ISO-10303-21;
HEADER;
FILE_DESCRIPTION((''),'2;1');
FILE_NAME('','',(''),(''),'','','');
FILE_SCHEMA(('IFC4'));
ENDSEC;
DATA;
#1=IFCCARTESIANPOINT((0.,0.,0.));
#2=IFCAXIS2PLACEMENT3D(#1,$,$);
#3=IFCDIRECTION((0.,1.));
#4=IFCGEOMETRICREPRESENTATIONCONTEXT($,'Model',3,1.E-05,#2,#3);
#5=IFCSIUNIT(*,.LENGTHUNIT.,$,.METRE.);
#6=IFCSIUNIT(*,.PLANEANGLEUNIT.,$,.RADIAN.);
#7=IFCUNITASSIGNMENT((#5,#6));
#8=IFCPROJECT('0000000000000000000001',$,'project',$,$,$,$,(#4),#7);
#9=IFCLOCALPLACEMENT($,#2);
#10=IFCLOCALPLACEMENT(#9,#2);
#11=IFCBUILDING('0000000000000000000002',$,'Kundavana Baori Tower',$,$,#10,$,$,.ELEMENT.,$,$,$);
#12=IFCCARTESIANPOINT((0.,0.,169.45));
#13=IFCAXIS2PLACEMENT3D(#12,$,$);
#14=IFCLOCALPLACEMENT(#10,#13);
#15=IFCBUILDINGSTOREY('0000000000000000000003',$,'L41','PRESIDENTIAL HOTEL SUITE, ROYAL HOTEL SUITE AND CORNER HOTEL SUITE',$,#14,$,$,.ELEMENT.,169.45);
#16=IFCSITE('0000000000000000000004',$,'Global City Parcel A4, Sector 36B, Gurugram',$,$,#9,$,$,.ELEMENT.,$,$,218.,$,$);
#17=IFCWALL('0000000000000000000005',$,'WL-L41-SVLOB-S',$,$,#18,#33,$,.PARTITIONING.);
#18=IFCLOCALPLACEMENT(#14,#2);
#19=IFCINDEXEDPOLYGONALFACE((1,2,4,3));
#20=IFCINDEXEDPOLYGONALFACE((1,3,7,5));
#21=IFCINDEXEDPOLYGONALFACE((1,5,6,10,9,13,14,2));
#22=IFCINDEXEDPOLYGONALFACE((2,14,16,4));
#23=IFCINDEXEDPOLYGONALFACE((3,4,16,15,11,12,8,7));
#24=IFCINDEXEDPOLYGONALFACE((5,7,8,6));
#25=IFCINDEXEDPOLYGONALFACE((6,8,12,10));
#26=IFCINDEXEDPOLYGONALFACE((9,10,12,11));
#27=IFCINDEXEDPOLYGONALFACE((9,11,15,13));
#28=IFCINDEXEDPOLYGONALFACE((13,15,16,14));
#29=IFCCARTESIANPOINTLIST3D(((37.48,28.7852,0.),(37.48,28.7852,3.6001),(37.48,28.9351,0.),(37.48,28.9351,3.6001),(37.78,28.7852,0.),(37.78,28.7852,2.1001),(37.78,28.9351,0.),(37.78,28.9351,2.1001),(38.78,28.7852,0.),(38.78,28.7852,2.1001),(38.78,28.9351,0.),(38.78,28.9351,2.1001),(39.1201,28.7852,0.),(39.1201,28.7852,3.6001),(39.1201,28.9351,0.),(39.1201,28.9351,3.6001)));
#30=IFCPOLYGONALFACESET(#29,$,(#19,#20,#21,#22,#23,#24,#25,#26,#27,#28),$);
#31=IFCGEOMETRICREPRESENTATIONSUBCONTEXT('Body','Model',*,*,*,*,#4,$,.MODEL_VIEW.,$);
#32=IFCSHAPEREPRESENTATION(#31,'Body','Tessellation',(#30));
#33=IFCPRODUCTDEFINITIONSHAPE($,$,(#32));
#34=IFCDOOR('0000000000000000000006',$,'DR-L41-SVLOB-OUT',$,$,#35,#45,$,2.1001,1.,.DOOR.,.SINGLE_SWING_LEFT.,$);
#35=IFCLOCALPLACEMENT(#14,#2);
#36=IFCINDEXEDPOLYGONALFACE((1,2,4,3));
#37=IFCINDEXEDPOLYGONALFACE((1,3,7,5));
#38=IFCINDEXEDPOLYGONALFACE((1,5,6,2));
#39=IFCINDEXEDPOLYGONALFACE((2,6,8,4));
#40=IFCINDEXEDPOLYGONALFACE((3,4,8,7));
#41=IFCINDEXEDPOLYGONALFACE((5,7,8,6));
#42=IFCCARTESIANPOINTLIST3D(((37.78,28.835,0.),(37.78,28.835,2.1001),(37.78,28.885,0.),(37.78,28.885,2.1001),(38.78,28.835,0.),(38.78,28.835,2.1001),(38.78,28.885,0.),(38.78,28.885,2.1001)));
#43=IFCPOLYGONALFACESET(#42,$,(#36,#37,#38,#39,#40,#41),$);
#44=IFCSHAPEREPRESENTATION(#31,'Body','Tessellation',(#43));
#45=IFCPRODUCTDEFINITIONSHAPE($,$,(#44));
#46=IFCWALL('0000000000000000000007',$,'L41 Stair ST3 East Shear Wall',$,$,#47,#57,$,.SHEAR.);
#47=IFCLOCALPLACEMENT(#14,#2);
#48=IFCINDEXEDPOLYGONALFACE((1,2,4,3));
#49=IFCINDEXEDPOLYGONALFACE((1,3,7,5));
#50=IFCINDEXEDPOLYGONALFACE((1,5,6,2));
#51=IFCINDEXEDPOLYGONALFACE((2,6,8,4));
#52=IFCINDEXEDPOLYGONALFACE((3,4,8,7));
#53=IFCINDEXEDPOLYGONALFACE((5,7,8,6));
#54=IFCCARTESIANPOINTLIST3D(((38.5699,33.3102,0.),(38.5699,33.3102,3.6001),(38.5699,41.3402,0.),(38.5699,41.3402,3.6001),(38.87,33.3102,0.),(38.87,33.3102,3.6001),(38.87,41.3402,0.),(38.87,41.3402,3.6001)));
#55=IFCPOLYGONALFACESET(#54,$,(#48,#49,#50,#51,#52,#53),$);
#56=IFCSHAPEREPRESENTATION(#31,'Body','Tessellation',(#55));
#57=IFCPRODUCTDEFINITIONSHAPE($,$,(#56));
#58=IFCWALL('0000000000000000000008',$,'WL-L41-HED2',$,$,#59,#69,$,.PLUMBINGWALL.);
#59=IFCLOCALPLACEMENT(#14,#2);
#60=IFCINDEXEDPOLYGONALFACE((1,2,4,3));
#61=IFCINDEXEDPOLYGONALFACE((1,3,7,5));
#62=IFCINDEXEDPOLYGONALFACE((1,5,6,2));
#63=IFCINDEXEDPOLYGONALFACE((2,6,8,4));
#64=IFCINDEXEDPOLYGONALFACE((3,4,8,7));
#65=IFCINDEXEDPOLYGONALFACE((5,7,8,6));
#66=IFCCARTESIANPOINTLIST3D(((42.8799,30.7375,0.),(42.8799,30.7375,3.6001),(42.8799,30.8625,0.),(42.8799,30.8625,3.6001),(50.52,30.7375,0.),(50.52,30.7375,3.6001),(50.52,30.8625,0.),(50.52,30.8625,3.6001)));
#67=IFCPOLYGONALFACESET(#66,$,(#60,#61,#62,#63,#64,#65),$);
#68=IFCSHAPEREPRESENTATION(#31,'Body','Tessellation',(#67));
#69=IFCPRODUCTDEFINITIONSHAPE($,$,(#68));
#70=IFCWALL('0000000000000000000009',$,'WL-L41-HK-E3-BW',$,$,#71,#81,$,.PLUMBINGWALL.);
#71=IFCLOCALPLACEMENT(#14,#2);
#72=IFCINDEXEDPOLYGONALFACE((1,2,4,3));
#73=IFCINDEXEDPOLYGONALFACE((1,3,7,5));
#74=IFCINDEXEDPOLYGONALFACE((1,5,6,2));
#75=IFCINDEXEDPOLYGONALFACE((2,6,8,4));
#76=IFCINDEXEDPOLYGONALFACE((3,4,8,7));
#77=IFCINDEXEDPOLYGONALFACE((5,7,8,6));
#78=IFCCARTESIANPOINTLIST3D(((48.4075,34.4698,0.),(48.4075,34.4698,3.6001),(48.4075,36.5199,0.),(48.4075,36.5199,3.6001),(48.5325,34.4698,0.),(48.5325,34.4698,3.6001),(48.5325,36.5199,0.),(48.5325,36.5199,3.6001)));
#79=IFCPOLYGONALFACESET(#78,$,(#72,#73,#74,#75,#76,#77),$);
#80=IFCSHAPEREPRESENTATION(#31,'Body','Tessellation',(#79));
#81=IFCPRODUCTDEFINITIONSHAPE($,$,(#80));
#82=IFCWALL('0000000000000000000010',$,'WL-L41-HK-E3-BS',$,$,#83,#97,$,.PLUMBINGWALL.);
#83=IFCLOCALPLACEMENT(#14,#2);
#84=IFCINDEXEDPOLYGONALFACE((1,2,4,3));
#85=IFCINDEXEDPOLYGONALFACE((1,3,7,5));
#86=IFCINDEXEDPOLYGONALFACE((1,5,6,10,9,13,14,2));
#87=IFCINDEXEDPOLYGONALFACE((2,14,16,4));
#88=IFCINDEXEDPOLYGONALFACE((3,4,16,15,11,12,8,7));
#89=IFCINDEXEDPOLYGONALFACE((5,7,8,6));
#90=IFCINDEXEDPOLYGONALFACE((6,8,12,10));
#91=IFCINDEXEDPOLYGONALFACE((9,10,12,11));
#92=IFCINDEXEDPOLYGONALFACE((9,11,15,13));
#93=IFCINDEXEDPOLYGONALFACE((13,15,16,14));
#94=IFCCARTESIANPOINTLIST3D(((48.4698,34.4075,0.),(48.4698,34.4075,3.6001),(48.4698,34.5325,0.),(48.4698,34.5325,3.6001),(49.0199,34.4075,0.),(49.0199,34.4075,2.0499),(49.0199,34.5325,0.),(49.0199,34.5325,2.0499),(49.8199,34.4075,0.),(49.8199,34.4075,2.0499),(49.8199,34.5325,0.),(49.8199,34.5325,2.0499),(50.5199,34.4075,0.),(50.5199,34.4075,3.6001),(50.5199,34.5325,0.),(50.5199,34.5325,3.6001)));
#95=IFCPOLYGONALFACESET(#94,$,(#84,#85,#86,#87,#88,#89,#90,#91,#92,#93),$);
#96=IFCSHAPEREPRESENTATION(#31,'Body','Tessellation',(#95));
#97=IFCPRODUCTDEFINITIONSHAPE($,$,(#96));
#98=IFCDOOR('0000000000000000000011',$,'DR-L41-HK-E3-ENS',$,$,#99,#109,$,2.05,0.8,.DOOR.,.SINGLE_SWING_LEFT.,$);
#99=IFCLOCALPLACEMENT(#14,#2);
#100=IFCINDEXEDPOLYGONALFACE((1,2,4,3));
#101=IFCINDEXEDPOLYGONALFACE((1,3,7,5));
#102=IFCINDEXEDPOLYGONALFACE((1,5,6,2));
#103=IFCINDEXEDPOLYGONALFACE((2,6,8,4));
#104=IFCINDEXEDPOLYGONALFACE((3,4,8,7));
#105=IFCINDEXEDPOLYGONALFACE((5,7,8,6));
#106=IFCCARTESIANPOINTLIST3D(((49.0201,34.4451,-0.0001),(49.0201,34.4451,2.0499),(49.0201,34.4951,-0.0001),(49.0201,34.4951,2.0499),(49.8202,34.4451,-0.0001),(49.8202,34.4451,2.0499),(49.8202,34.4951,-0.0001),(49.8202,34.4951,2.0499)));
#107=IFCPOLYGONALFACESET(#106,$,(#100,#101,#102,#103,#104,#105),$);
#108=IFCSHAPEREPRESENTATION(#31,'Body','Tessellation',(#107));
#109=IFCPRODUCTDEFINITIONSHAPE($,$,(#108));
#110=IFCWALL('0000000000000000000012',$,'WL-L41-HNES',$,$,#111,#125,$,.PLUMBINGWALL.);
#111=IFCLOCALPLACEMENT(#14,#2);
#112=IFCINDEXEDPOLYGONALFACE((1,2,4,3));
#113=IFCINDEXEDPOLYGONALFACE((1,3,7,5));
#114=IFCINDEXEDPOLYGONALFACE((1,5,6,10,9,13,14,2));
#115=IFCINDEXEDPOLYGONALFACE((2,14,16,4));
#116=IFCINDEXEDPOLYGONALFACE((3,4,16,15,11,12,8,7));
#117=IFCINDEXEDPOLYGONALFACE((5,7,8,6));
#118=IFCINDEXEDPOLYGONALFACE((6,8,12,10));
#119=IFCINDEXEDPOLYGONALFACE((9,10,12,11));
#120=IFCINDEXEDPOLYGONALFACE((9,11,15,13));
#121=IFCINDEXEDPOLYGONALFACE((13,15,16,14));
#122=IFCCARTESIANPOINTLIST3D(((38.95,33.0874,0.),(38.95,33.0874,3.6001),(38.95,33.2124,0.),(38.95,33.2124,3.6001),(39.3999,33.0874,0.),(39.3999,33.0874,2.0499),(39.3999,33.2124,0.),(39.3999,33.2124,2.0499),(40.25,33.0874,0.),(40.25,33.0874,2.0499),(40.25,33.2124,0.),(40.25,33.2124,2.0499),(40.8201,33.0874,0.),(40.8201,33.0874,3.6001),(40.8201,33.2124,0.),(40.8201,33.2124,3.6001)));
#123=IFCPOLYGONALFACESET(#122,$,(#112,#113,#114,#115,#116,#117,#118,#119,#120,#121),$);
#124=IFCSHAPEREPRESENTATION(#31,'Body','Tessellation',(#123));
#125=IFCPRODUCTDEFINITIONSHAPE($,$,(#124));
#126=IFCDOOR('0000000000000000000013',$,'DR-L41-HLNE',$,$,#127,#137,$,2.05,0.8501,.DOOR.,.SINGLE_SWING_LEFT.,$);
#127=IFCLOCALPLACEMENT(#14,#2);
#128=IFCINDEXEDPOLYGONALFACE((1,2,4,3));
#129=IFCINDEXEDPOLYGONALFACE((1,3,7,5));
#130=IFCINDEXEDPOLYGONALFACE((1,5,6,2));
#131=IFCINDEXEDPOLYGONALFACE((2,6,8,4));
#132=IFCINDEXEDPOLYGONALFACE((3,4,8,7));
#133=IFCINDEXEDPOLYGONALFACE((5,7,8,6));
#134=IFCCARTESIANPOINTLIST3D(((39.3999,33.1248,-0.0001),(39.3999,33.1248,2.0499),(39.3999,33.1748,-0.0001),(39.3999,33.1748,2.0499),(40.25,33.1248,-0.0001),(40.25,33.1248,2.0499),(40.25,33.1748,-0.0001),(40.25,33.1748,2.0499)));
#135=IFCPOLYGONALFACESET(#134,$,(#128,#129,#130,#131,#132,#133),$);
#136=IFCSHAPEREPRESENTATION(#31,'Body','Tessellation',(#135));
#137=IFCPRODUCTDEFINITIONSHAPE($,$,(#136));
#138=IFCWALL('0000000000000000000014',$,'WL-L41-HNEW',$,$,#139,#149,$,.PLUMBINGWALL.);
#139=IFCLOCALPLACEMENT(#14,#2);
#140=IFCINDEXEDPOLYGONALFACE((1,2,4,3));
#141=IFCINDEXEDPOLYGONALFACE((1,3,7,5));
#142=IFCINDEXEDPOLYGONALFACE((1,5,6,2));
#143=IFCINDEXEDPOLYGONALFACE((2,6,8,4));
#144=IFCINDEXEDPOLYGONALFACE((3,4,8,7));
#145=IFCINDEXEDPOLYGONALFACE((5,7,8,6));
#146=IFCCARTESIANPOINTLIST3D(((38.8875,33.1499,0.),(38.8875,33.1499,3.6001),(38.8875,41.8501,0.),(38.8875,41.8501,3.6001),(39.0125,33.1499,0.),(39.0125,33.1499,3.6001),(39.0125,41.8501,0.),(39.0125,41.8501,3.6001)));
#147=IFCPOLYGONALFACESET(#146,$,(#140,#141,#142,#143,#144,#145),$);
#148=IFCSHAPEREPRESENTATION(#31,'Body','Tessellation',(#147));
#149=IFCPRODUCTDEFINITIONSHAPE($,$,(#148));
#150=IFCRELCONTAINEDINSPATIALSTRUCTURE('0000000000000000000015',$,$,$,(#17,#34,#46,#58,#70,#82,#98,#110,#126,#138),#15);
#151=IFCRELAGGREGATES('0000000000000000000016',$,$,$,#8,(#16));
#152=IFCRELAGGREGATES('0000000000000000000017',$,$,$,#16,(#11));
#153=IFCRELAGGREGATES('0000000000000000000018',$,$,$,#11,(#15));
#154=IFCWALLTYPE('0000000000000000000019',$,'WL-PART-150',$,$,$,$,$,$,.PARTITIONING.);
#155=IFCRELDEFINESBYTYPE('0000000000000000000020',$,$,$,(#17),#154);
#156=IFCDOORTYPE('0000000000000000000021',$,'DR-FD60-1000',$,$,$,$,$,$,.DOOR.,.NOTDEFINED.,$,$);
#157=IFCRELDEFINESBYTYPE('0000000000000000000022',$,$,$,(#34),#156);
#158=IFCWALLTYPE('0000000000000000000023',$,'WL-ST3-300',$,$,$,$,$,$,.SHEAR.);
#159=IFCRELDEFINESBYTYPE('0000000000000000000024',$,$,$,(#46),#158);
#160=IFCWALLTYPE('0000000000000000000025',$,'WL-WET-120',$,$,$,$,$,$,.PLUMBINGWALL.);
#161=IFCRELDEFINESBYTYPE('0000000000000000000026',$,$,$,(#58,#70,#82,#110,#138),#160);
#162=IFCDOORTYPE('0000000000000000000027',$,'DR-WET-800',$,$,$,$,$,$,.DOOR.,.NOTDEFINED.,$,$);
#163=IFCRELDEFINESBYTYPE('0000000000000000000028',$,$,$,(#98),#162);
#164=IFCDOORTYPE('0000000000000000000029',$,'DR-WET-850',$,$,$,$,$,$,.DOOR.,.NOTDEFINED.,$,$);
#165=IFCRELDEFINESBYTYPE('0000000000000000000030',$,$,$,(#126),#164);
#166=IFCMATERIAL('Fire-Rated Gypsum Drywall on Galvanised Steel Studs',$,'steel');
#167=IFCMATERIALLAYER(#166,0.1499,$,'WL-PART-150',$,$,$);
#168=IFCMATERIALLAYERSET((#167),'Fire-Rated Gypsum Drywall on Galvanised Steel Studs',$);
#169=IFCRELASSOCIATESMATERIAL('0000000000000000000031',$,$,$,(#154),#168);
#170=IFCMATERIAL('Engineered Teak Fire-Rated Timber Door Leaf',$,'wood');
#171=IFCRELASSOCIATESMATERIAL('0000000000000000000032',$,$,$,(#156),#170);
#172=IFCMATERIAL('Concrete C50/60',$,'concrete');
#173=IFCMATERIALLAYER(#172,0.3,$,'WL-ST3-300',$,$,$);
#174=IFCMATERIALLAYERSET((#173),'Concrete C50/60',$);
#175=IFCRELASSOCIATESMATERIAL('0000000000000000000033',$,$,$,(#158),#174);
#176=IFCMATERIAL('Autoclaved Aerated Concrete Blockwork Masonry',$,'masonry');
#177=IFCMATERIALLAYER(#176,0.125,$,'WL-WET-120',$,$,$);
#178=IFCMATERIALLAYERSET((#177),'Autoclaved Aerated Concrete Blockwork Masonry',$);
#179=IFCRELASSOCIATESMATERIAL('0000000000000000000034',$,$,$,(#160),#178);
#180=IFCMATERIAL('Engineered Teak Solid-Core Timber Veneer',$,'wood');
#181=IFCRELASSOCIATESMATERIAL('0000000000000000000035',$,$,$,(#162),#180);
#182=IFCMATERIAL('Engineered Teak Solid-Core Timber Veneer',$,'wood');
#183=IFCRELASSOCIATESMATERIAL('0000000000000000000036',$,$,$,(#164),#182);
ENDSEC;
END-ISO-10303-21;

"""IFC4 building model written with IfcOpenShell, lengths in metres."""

from ifc_helpers import new_model, si_unit, direction, frame, frame_2d, origin, place, context, subcontext, project, spatial, rectangle, extrude, material, layer, layer_set, type_object, element, fill, save


model = new_model("IFC4")

# Units and contexts
model_context = context("Model", 3, precision=1e-05, world=origin(), true_north=direction((0.0, 1.0)))
body_context = subcontext(model_context, "Body", "Model", "MODEL_VIEW")
ifc_project = project(units=[si_unit("LENGTHUNIT", "METRE"), si_unit("PLANEANGLEUNIT", "RADIAN")], contexts=[model_context])

# Site, building, storey
site_placement = place(None, origin())
site = spatial("IfcSite", under=ifc_project, at=site_placement, Name="Global City Parcel A4, Sector 36B, Gurugram", CompositionType="ELEMENT", RefElevation=218.0)
building_placement = place(site_placement, origin())
building = spatial("IfcBuilding", under=site, at=building_placement, Name="Kundavana Baori Tower", CompositionType="ELEMENT")
storey_placement = place(building_placement, frame((0.0, 0.0, 169.45)))
storey = spatial("IfcBuildingStorey", under=building, at=storey_placement, Name="L41", Description="PRESIDENTIAL HOTEL SUITE, ROYAL HOTEL SUITE AND CORNER HOTEL SUITE", CompositionType="ELEMENT", Elevation=169.45)

# Shared definitions
ifc_material_1 = material(Name="Fire-Rated Gypsum Drywall on Galvanised Steel Studs", Category="steel")
ifc_layer_1 = layer(ifc_material_1, 0.1499, Name="WL-PART-150")
ifc_layer_set_1 = layer_set([ifc_layer_1], Name="Fire-Rated Gypsum Drywall on Galvanised Steel Studs")
wall_type_1 = type_object("IfcWallType", Name="WL-PART-150", PredefinedType="PARTITIONING", material=ifc_layer_set_1)

# Wall, opening, door
wall_1_placement = place(storey_placement, frame((37.48, 28.8601, 0.0), z_axis=(0.0, 0.0, 1.0), x_axis=(1.0, 0.0, 0.0)))
wall_1 = element("IfcWall", 1, at=wall_1_placement, inside=storey, type_object=wall_type_1, Name="WL-L41-SVLOB-S", PredefinedType="PARTITIONING", context=body_context, shape_type="SweptSolid", body=[
    extrude(rectangle(XDim=1.6401, YDim=0.1499, at=frame_2d((0.8201, 0.0))), origin(), (0.0, 0.0, 1.0), 3.6001),
])
opening_1_placement = place(wall_1_placement, frame((0.3, 0.0, 0.0)))
opening_1 = element("IfcOpeningElement", 2, at=opening_1_placement, cuts=wall_1, PredefinedType="OPENING", context=body_context, shape_type="SweptSolid", body=[
    extrude(rectangle(XDim=1.0, YDim=2.1001, at=frame_2d((0.5, 1.05))), frame((0.0, 0.085, 0.0), z_axis=(0.0, -1.0, 0.0), x_axis=(1.0, 0.0, 0.0)), (0.0, 0.0, 1.0), 0.1699),
])
ifc_material_2 = material(Name="Engineered Teak Fire-Rated Timber Door Leaf", Category="wood")
door_type_1 = type_object("IfcDoorType", Name="DR-FD60-1000", OperationType="NOTDEFINED", PredefinedType="DOOR", material=ifc_material_2)
door_1_placement = place(opening_1_placement, origin())
door_1 = element("IfcDoor", 3, at=door_1_placement, inside=storey, type_object=door_type_1, Name="DR-L41-SVLOB-OUT", OperationType="SINGLE_SWING_LEFT", OverallHeight=2.1001, OverallWidth=1.0, PredefinedType="DOOR", context=body_context, shape_type="SweptSolid", body=[
    extrude(rectangle(XDim=1.0, YDim=2.1001, at=frame_2d((0.5, 1.05))), frame((0.0, 0.0249, 0.0), z_axis=(0.0, -1.0, 0.0), x_axis=(1.0, 0.0, 0.0)), (0.0, 0.0, 1.0), 0.05),
])
fill(opening_1, door_1)

# Walls
ifc_material_3 = material(Name="Concrete C50/60", Category="concrete")
ifc_layer_2 = layer(ifc_material_3, 0.3, Name="WL-ST3-300")
ifc_layer_set_2 = layer_set([ifc_layer_2], Name="Concrete C50/60")
wall_type_2 = type_object("IfcWallType", Name="WL-ST3-300", PredefinedType="SHEAR", material=ifc_layer_set_2)
wall_2_placement = place(storey_placement, frame((38.72, 33.3101, 0.0), z_axis=(0.0, 0.0, 1.0), x_axis=(0.0, 1.0, 0.0)))
element("IfcWall", 4, at=wall_2_placement, inside=storey, type_object=wall_type_2, Name="L41 Stair ST3 East Shear Wall", PredefinedType="SHEAR", context=body_context, shape_type="SweptSolid", body=[
    extrude(rectangle(XDim=8.03, YDim=0.3, at=frame_2d((4.0151, 0.0))), origin(), (0.0, 0.0, 1.0), 3.6001),
])
ifc_material_4 = material(Name="Autoclaved Aerated Concrete Blockwork Masonry", Category="masonry")
ifc_layer_3 = layer(ifc_material_4, 0.125, Name="WL-WET-120")
ifc_layer_set_3 = layer_set([ifc_layer_3], Name="Autoclaved Aerated Concrete Blockwork Masonry")
wall_type_3 = type_object("IfcWallType", Name="WL-WET-120", PredefinedType="PLUMBINGWALL", material=ifc_layer_set_3)
wall_3_placement = place(storey_placement, frame((42.8799, 30.8, 0.0), z_axis=(0.0, 0.0, 1.0), x_axis=(1.0, 0.0, 0.0)))
element("IfcWall", 5, at=wall_3_placement, inside=storey, type_object=wall_type_3, Name="WL-L41-HED2", PredefinedType="PLUMBINGWALL", context=body_context, shape_type="SweptSolid", body=[
    extrude(rectangle(XDim=7.6401, YDim=0.125, at=frame_2d((3.8201, 0.0))), origin(), (0.0, 0.0, 1.0), 3.6001),
])
wall_4_placement = place(storey_placement, frame((48.47, 34.47, 0.0), z_axis=(0.0, 0.0, 1.0), x_axis=(0.0, 1.0, 0.0)))
element("IfcWall", 6, at=wall_4_placement, inside=storey, type_object=wall_type_3, Name="WL-L41-HK-E3-BW", PredefinedType="PLUMBINGWALL", context=body_context, shape_type="SweptSolid", body=[
    extrude(rectangle(XDim=2.05, YDim=0.125, at=frame_2d((1.0249, 0.0))), origin(), (0.0, 0.0, 1.0), 3.6001),
])

# Walls, openings, doors
wall_5_placement = place(storey_placement, frame((48.47, 34.47, 0.0), z_axis=(0.0, 0.0, 1.0), x_axis=(1.0, 0.0, 0.0)))
wall_5 = element("IfcWall", 7, at=wall_5_placement, inside=storey, type_object=wall_type_3, Name="WL-L41-HK-E3-BS", PredefinedType="PLUMBINGWALL", context=body_context, shape_type="SweptSolid", body=[
    extrude(rectangle(XDim=2.05, YDim=0.125, at=frame_2d((1.0249, 0.0))), origin(), (0.0, 0.0, 1.0), 3.6001),
])
opening_2_placement = place(wall_5_placement, frame((0.55, 0.0, 0.0)))
opening_2 = element("IfcOpeningElement", 8, at=opening_2_placement, cuts=wall_5, PredefinedType="OPENING", context=body_context, shape_type="SweptSolid", body=[
    extrude(rectangle(XDim=0.8, YDim=2.05, at=frame_2d((0.3999, 1.0249))), frame((0.0, 0.0725, 0.0), z_axis=(0.0, -1.0, 0.0), x_axis=(1.0, 0.0, 0.0)), (0.0, 0.0, 1.0), 0.145),
])
ifc_material_5 = material(Name="Engineered Teak Solid-Core Timber Veneer", Category="wood")
door_type_2 = type_object("IfcDoorType", Name="DR-WET-800", OperationType="NOTDEFINED", PredefinedType="DOOR", material=ifc_material_5)
door_2_placement = place(opening_2_placement, frame((0.8, 0.0, 0.0), z_axis=(0.0, 0.0, 1.0), x_axis=(-1.0, 0.0, 0.0)))
door_2 = element("IfcDoor", 9, at=door_2_placement, inside=storey, type_object=door_type_2, Name="DR-L41-HK-E3-ENS", OperationType="SINGLE_SWING_LEFT", OverallHeight=2.05, OverallWidth=0.8, PredefinedType="DOOR", context=body_context, shape_type="SweptSolid", body=[
    extrude(rectangle(XDim=0.8, YDim=2.05, at=frame_2d((0.3999, 1.0249))), frame((0.0, 0.0249, 0.0), z_axis=(0.0, -1.0, 0.0), x_axis=(1.0, 0.0, 0.0)), (0.0, 0.0, 1.0), 0.05),
])
fill(opening_2, door_2)
wall_6_placement = place(storey_placement, frame((38.95, 33.1499, 0.0), z_axis=(0.0, 0.0, 1.0), x_axis=(1.0, 0.0, 0.0)))
wall_6 = element("IfcWall", 10, at=wall_6_placement, inside=storey, type_object=wall_type_3, Name="WL-L41-HNES", PredefinedType="PLUMBINGWALL", context=body_context, shape_type="SweptSolid", body=[
    extrude(rectangle(XDim=1.8701, YDim=0.125, at=frame_2d((0.9351, 0.0))), origin(), (0.0, 0.0, 1.0), 3.6001),
])
opening_3_placement = place(wall_6_placement, frame((0.45, 0.0, 0.0)))
opening_3 = element("IfcOpeningElement", 11, at=opening_3_placement, cuts=wall_6, PredefinedType="OPENING", context=body_context, shape_type="SweptSolid", body=[
    extrude(rectangle(XDim=0.8501, YDim=2.05, at=frame_2d((0.425, 1.0249))), frame((0.0, 0.0725, 0.0), z_axis=(0.0, -1.0, 0.0), x_axis=(1.0, 0.0, 0.0)), (0.0, 0.0, 1.0), 0.145),
])
ifc_material_6 = material(Name="Engineered Teak Solid-Core Timber Veneer", Category="wood")
door_type_3 = type_object("IfcDoorType", Name="DR-WET-850", OperationType="NOTDEFINED", PredefinedType="DOOR", material=ifc_material_6)
door_3_placement = place(opening_3_placement, origin())
door_3 = element("IfcDoor", 12, at=door_3_placement, inside=storey, type_object=door_type_3, Name="DR-L41-HLNE", OperationType="SINGLE_SWING_LEFT", OverallHeight=2.05, OverallWidth=0.8501, PredefinedType="DOOR", context=body_context, shape_type="SweptSolid", body=[
    extrude(rectangle(XDim=0.8501, YDim=2.05, at=frame_2d((0.425, 1.0249))), frame((0.0, 0.0249, 0.0), z_axis=(0.0, -1.0, 0.0), x_axis=(1.0, 0.0, 0.0)), (0.0, 0.0, 1.0), 0.05),
])
fill(opening_3, door_3)

# Wall
wall_7_placement = place(storey_placement, frame((38.95, 33.1499, 0.0), z_axis=(0.0, 0.0, 1.0), x_axis=(0.0, 1.0, 0.0)))
element("IfcWall", 13, at=wall_7_placement, inside=storey, type_object=wall_type_3, Name="WL-L41-HNEW", PredefinedType="PLUMBINGWALL", context=body_context, shape_type="SweptSolid", body=[
    extrude(rectangle(XDim=8.7002, YDim=0.125, at=frame_2d((4.3501, 0.0))), origin(), (0.0, 0.0, 1.0), 3.6001),
])

save(model, "model.ifc")
